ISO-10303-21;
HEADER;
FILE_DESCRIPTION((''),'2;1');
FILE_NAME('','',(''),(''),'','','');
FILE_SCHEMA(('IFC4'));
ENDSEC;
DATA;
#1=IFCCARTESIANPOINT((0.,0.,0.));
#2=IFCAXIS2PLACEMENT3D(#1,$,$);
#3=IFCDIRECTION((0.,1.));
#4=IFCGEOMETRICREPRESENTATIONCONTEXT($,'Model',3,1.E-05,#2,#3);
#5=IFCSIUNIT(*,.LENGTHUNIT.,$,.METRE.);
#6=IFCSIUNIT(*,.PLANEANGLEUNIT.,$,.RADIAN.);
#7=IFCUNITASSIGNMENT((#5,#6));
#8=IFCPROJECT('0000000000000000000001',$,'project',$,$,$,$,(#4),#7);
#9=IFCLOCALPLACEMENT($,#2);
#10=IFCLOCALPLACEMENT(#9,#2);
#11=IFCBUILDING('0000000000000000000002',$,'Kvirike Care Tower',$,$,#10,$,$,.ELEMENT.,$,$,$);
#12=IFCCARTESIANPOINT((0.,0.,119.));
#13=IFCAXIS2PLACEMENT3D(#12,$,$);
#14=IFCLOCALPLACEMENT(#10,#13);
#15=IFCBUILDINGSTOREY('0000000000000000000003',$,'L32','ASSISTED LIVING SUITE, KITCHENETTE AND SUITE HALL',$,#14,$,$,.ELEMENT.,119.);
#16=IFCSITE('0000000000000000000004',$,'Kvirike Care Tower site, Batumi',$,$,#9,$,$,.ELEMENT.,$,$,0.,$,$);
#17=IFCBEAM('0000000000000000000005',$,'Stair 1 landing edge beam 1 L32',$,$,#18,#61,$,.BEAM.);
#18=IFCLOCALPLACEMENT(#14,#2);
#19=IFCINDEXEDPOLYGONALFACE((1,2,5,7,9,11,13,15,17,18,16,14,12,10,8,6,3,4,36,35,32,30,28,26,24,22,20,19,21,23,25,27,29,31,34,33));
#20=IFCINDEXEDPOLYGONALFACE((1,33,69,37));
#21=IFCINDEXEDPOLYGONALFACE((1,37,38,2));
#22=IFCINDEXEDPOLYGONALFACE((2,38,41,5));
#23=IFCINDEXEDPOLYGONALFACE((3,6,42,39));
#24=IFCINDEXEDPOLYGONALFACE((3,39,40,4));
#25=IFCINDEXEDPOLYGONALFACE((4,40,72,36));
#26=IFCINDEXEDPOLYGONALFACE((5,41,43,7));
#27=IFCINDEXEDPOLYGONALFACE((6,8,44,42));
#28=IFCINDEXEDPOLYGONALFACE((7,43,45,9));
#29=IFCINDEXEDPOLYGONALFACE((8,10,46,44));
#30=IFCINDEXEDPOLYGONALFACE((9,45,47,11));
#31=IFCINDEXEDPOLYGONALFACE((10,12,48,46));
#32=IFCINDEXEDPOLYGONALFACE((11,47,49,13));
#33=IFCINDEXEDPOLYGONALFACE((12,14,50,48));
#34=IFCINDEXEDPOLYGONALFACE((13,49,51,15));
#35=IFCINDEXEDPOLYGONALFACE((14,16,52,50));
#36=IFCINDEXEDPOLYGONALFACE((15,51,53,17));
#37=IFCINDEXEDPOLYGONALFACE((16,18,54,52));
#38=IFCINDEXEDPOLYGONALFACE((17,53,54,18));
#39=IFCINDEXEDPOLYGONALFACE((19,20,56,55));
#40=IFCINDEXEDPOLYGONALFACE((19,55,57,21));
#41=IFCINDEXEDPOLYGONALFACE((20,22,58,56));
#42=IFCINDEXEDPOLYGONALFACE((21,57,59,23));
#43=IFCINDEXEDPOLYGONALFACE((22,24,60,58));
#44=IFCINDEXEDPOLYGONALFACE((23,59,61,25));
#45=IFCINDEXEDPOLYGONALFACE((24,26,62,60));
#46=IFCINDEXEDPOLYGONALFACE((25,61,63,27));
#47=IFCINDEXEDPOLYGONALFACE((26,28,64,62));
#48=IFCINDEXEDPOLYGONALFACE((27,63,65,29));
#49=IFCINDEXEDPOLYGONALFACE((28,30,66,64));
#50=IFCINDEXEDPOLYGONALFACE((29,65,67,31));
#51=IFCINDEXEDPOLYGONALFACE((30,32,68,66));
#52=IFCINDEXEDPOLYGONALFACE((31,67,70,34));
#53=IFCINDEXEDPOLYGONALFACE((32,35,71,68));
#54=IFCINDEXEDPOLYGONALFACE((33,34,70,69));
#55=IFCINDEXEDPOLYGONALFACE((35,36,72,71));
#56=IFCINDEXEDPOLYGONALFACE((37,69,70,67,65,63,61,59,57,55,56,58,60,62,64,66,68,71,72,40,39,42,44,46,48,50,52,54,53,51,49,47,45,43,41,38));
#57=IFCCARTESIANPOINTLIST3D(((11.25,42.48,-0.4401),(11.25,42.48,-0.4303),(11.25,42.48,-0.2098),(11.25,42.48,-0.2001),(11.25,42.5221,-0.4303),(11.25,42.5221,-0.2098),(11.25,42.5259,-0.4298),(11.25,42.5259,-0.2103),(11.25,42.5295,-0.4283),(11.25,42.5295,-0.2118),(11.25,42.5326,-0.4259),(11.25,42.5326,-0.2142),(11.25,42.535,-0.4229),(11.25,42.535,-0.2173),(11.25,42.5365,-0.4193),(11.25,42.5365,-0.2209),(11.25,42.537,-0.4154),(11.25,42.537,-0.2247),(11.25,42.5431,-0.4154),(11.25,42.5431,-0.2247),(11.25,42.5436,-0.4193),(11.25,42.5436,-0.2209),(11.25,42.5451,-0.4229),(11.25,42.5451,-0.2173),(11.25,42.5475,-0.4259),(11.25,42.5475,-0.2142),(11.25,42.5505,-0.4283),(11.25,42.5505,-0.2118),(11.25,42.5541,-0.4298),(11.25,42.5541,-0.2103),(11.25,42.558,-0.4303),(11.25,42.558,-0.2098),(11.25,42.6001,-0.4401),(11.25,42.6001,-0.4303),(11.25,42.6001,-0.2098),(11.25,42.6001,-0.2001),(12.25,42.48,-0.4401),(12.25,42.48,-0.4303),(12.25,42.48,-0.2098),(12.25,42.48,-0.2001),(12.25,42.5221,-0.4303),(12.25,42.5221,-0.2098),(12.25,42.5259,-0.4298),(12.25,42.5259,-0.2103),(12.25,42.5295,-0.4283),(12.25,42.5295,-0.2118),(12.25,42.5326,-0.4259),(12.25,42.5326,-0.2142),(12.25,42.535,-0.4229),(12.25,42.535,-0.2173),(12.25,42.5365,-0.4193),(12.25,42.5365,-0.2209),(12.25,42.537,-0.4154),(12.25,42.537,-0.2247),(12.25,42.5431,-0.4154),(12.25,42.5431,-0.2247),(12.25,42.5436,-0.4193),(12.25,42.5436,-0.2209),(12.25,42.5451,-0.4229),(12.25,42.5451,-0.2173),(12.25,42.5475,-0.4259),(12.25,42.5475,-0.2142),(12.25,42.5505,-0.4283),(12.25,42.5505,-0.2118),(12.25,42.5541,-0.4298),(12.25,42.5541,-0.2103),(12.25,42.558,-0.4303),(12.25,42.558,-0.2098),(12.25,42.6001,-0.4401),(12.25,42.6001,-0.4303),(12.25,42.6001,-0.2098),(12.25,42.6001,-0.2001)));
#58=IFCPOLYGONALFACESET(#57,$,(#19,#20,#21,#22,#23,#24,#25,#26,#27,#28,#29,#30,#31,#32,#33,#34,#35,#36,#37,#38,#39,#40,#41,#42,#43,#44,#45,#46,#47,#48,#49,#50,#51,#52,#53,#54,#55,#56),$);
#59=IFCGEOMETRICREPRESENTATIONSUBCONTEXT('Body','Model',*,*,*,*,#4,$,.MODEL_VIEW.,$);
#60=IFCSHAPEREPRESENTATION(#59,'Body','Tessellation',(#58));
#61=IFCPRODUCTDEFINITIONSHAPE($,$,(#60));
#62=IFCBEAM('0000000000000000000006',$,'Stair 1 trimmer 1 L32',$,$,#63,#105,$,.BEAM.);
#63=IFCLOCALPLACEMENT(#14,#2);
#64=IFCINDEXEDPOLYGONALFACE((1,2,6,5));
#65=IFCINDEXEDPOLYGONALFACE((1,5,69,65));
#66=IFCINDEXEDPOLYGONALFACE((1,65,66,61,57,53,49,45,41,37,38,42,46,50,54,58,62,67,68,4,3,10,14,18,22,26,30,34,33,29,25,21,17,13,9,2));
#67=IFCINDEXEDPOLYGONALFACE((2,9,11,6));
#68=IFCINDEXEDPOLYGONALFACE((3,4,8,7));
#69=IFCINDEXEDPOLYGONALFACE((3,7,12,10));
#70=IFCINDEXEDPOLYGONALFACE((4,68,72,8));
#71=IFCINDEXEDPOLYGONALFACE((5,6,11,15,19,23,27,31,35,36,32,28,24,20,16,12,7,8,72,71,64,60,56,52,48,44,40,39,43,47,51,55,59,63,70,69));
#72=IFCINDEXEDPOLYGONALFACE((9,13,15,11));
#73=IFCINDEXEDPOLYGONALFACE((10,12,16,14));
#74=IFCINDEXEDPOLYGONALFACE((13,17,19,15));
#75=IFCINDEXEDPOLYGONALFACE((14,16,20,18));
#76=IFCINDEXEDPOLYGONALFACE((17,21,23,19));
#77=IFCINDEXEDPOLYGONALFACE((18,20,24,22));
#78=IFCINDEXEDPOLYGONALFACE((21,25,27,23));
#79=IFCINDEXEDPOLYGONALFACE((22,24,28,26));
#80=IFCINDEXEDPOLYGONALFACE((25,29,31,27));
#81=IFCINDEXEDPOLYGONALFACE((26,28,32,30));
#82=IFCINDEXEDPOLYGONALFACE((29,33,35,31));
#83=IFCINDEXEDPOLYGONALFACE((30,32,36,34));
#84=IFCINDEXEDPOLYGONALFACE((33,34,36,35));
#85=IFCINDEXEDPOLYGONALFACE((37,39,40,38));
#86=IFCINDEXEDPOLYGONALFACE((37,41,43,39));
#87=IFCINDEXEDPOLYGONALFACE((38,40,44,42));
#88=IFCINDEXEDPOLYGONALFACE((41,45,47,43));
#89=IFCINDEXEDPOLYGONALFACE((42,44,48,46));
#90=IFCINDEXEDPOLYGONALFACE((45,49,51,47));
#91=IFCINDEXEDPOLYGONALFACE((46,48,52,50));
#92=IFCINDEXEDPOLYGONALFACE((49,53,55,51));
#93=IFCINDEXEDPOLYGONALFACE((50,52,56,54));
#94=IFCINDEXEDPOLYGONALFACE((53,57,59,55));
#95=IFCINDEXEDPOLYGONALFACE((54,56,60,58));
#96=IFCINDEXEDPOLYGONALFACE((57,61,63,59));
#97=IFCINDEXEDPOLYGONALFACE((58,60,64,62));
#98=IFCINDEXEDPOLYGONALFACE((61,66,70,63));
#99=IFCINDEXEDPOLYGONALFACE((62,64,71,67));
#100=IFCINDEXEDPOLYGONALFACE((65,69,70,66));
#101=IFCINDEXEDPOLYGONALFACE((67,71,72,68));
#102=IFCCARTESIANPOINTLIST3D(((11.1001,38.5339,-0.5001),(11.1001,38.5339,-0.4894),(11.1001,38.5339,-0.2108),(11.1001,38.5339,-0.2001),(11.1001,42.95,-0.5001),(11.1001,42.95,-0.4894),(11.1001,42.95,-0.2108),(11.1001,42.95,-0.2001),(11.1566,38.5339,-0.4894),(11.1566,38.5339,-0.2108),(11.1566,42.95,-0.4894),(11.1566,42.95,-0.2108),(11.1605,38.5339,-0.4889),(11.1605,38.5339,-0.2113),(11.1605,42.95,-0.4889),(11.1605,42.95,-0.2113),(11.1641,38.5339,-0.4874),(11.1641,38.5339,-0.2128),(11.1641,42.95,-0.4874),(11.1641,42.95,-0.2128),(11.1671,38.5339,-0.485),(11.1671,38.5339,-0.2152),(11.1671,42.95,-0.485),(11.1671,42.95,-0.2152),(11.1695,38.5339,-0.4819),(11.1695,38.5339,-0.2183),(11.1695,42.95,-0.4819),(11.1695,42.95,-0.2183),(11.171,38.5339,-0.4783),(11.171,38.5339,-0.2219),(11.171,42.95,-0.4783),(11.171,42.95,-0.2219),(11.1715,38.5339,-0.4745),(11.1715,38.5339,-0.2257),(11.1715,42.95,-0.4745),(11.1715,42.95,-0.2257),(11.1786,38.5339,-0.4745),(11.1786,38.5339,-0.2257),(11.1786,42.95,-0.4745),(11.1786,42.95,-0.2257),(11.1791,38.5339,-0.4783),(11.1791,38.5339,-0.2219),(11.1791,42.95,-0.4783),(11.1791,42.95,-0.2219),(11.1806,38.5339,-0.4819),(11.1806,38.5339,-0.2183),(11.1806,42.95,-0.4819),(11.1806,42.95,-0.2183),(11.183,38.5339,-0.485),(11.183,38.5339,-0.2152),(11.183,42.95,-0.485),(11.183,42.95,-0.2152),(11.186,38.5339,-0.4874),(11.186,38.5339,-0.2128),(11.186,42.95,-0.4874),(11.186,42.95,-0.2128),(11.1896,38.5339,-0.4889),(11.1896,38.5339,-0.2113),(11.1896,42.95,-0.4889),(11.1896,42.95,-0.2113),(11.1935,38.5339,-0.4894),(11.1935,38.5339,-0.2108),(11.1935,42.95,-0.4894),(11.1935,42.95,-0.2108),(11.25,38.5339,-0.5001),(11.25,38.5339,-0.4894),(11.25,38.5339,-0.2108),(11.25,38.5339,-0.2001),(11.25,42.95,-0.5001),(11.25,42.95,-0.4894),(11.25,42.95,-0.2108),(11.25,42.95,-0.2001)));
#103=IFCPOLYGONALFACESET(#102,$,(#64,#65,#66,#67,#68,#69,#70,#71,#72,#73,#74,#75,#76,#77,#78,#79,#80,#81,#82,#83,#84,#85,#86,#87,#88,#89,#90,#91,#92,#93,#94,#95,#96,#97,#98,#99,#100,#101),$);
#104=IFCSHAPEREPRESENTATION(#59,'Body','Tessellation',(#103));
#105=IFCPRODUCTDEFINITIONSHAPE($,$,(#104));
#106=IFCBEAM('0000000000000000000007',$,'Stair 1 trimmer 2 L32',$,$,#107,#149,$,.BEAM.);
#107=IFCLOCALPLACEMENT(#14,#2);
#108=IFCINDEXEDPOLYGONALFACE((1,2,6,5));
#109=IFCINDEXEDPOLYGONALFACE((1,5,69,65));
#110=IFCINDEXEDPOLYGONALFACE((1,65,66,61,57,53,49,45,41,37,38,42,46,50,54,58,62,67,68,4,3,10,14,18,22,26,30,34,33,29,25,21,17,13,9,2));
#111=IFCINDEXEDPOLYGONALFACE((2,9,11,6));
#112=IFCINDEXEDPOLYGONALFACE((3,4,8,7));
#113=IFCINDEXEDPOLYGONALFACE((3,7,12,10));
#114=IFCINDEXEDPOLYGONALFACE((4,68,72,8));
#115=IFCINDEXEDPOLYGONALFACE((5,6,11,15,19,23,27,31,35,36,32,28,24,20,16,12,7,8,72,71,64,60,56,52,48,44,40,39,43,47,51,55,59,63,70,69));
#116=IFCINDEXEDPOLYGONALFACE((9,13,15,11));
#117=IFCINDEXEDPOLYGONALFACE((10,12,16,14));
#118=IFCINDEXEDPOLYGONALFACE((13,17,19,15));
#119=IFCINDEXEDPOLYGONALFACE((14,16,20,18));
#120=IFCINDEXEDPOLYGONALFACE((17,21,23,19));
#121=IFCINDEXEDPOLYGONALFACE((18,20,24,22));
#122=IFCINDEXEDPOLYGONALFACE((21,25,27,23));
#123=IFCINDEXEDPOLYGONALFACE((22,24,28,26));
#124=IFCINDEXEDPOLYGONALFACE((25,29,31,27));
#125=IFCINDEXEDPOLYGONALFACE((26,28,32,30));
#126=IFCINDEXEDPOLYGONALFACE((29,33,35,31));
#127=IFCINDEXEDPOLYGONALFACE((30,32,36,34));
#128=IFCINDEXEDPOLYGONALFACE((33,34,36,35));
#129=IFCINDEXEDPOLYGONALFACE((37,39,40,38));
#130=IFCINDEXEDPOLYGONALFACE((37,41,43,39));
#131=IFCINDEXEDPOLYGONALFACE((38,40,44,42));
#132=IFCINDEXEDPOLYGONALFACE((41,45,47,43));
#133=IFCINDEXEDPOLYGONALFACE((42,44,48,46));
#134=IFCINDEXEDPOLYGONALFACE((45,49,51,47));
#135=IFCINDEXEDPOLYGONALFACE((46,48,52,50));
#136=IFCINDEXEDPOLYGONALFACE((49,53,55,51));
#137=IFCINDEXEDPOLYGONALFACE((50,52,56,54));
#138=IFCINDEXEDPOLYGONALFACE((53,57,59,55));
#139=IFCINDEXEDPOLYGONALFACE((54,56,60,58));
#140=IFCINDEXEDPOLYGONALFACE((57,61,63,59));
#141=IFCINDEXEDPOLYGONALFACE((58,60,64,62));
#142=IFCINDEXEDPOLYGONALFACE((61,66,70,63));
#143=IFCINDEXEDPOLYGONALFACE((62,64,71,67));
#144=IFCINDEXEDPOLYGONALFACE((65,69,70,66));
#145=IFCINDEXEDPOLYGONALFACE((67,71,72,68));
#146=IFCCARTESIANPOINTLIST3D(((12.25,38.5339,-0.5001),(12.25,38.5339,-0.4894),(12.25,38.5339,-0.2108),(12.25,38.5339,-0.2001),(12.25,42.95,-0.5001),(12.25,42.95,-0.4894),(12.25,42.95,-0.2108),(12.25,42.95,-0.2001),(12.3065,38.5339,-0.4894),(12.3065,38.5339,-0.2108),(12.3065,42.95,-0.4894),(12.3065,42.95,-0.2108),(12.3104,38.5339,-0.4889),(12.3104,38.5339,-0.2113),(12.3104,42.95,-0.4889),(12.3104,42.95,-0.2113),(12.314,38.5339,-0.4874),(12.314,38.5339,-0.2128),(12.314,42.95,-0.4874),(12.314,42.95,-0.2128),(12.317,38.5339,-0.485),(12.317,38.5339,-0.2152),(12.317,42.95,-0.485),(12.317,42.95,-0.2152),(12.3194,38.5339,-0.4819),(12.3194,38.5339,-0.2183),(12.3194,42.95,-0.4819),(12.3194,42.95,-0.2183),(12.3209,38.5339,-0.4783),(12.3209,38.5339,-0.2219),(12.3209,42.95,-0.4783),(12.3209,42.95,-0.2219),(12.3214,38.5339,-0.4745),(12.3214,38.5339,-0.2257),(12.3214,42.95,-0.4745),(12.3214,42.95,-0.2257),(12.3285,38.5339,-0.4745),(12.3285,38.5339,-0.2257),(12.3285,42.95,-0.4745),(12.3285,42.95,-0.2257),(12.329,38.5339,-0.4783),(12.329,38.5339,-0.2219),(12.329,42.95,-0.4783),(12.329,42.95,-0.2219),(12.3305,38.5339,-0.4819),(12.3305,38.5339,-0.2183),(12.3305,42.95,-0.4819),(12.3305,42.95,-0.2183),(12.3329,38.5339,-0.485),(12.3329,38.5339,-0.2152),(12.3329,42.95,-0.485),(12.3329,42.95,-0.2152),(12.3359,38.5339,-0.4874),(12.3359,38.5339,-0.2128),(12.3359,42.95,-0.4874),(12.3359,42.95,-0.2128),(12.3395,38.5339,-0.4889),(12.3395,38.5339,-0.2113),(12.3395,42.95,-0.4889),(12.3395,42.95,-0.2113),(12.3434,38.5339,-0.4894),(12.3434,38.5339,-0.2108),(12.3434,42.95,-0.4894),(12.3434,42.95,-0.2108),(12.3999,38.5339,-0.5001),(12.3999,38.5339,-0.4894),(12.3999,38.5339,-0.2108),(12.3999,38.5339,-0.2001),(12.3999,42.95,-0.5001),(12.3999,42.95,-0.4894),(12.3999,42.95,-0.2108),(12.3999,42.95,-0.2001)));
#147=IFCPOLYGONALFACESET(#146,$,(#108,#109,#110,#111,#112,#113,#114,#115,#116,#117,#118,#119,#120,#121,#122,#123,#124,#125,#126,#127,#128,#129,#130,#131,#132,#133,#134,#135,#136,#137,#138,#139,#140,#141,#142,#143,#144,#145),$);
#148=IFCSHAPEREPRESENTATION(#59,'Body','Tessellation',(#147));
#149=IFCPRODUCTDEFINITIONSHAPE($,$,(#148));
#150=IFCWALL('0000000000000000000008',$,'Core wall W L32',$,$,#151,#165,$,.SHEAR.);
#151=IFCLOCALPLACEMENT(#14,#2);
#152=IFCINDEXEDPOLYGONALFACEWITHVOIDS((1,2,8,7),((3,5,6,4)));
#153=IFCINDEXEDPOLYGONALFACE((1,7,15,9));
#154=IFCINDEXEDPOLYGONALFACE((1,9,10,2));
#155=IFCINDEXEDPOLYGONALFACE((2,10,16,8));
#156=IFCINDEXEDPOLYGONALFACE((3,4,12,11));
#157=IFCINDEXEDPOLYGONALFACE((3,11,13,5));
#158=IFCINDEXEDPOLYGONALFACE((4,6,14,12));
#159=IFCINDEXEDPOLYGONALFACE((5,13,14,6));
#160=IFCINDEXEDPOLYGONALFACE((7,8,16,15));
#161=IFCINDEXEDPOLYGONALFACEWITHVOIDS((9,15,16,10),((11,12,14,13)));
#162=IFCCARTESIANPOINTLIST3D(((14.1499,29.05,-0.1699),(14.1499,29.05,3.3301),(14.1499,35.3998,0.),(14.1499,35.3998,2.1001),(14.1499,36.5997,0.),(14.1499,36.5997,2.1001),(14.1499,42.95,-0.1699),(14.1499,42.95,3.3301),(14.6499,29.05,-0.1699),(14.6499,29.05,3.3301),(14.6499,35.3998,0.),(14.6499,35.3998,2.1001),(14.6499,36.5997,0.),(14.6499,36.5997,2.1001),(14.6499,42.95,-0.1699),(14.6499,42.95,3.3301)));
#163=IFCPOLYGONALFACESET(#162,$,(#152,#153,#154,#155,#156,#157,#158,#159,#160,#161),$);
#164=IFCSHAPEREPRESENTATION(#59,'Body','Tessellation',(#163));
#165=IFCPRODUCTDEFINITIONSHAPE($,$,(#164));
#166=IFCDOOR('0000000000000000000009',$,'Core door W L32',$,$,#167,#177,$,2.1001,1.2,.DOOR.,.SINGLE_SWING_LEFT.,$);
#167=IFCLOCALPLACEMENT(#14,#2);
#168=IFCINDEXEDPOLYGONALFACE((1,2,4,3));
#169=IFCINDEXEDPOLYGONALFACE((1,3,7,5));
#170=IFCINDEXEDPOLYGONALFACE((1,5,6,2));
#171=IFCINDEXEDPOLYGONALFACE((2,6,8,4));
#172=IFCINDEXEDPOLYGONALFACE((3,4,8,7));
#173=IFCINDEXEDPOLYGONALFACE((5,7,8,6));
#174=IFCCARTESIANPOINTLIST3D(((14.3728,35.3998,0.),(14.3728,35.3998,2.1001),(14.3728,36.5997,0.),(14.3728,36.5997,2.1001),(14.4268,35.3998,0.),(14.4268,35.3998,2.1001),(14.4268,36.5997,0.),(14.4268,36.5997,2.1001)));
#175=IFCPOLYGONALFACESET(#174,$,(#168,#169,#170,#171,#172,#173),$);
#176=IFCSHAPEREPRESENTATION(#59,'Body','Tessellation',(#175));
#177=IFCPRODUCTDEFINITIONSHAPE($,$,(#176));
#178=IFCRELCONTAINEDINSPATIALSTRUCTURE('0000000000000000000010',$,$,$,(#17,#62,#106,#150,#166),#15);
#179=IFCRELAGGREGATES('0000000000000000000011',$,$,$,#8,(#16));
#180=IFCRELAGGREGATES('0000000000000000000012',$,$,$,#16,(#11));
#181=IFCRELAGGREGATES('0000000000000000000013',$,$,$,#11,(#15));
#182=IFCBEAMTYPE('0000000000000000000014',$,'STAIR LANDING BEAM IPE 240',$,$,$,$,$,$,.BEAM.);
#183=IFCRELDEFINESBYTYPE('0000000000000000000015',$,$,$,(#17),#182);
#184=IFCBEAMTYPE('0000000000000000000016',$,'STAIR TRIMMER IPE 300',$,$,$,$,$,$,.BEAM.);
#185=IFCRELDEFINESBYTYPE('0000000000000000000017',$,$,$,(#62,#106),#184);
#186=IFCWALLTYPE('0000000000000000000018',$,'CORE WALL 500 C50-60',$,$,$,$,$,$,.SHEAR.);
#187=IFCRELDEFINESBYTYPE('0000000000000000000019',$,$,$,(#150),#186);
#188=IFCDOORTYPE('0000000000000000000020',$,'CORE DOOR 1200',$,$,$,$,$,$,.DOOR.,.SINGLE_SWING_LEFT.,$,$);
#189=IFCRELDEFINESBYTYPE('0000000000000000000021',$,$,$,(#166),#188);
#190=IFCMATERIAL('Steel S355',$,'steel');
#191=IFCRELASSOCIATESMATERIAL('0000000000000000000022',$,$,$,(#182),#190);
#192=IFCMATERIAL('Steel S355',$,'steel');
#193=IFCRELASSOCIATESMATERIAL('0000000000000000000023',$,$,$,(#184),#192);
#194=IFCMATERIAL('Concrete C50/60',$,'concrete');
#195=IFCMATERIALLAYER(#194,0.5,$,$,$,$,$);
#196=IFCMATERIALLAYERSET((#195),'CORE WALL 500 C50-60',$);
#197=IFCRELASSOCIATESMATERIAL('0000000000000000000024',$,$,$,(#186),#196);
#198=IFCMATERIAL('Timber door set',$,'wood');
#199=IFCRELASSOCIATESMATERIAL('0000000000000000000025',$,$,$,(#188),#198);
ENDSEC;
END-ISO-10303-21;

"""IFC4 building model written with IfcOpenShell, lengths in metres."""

from ifc_helpers import new_model, si_unit, direction, frame, frame_2d, origin, origin_2d, place, context, subcontext, project, spatial, rectangle, i_section, extrude, material, layer, layer_set, material_profile, profile_set, type_object, element, fill, save


model = new_model("IFC4")

# Units and contexts
model_context = context("Model", 3, precision=1e-05, world=origin(), true_north=direction((0.0, 1.0)))
body_context = subcontext(model_context, "Body", "Model", "MODEL_VIEW")
ifc_project = project(units=[si_unit("LENGTHUNIT", "METRE"), si_unit("PLANEANGLEUNIT", "RADIAN")], contexts=[model_context])

# Site, building, storey
site_placement = place(None, origin())
site = spatial("IfcSite", under=ifc_project, at=site_placement, Name="Kvirike Care Tower site, Batumi", CompositionType="ELEMENT", RefElevation=0.0)
building_placement = place(site_placement, origin())
building = spatial("IfcBuilding", under=site, at=building_placement, Name="Kvirike Care Tower", CompositionType="ELEMENT")
storey_placement = place(building_placement, frame((0.0, 0.0, 119.0)))
storey = spatial("IfcBuildingStorey", under=building, at=storey_placement, Name="L32", Description="ASSISTED LIVING SUITE, KITCHENETTE AND SUITE HALL", CompositionType="ELEMENT", Elevation=119.0)

# Beams
ifc_material_1 = material(Name="Steel S355", Category="steel")
ifc_material_profile_1 = material_profile(ifc_material_1, i_section(OverallWidth=0.1201, OverallDepth=0.24, WebThickness=0.0061, FlangeThickness=0.0098, FilletRadius=0.0149, at=origin_2d()), Name="IPE 240")
ifc_profile_set_1 = profile_set([ifc_material_profile_1], Name="Steel S355")
beam_type_1 = type_object("IfcBeamType", Name="STAIR LANDING BEAM IPE 240", PredefinedType="BEAM", material=ifc_profile_set_1)
beam_1_placement = place(storey_placement, frame((11.25, 42.54, -0.3201), z_axis=(1.0, 0.0, 0.0), x_axis=(0.0, 1.0, 0.0)))
element("IfcBeam", 1, at=beam_1_placement, inside=storey, type_object=beam_type_1, Name="Stair 1 landing edge beam 1 L32", PredefinedType="BEAM", context=body_context, shape_type="SweptSolid", body=[
    extrude(i_section(OverallWidth=0.1201, OverallDepth=0.24, WebThickness=0.0061, FlangeThickness=0.0098, FilletRadius=0.0149, at=origin_2d()), origin(), (0.0, 0.0, 1.0), 1.0),
])
ifc_material_2 = material(Name="Steel S355", Category="steel")
ifc_material_profile_2 = material_profile(ifc_material_2, i_section(OverallWidth=0.1499, OverallDepth=0.3, WebThickness=0.0071, FlangeThickness=0.0107, FilletRadius=0.0149, at=origin_2d()), Name="IPE 300")
ifc_profile_set_2 = profile_set([ifc_material_profile_2], Name="Steel S355")
beam_type_2 = type_object("IfcBeamType", Name="STAIR TRIMMER IPE 300", PredefinedType="BEAM", material=ifc_profile_set_2)
for number, where, z_axis, x_axis, name in (
    (2, (11.175, 42.95, -0.3501), (0.0, -1.0, 0.0), (1.0, 0.0, 0.0), "Stair 1 trimmer 1 L32"),
    (3, (12.325, 42.95, -0.3501), (0.0, -1.0, 0.0), (1.0, 0.0, 0.0), "Stair 1 trimmer 2 L32"),
):
    element("IfcBeam", number, at=place(storey_placement, frame(where, z_axis=z_axis, x_axis=x_axis)), inside=storey, type_object=beam_type_2, Name=name, PredefinedType="BEAM", context=body_context, shape_type="SweptSolid", body=[
        extrude(i_section(OverallWidth=0.1499, OverallDepth=0.3, WebThickness=0.0071, FlangeThickness=0.0107, FilletRadius=0.0149, at=origin_2d()), origin(), (0.0, 0.0, 1.0), 4.416),
    ])

# Wall, opening, door
ifc_material_3 = material(Name="Concrete C50/60", Category="concrete")
ifc_layer_1 = layer(ifc_material_3, 0.5)
ifc_layer_set_1 = layer_set([ifc_layer_1], Name="CORE WALL 500 C50-60")
wall_type_1 = type_object("IfcWallType", Name="CORE WALL 500 C50-60", PredefinedType="SHEAR", material=ifc_layer_set_1)
wall_1_placement = place(storey_placement, frame((14.3999, 42.95, -0.1699), z_axis=(0.0, 0.0, 1.0), x_axis=(0.0, -1.0, 0.0)))
wall_1 = element("IfcWall", 4, at=wall_1_placement, inside=storey, type_object=wall_type_1, Name="Core wall W L32", PredefinedType="SHEAR", context=body_context, shape_type="SweptSolid", body=[
    extrude(rectangle(XDim=13.8999, YDim=0.5, at=frame_2d((6.95, 0.0))), origin(), (0.0, 0.0, 1.0), 3.5),
])
opening_1_placement = place(wall_1_placement, frame((6.3501, 0.0, 0.1699)))
opening_1 = element("IfcOpeningElement", 5, at=opening_1_placement, cuts=wall_1, PredefinedType="OPENING", context=body_context, shape_type="SweptSolid", body=[
    extrude(rectangle(XDim=1.2, YDim=2.1001, at=frame_2d((0.6001, 1.05))), frame((0.0, 0.2605, 0.0), z_axis=(0.0, -1.0, 0.0), x_axis=(1.0, 0.0, 0.0)), (0.0, 0.0, 1.0), 0.521),
])
ifc_material_4 = material(Name="Timber door set", Category="wood")
door_type_1 = type_object("IfcDoorType", Name="CORE DOOR 1200", OperationType="SINGLE_SWING_LEFT", PredefinedType="DOOR", material=ifc_material_4)
door_1_placement = place(opening_1_placement, origin())
door_1 = element("IfcDoor", 6, at=door_1_placement, inside=storey, type_object=door_type_1, Name="Core door W L32", OperationType="SINGLE_SWING_LEFT", OverallHeight=2.1001, OverallWidth=1.2, PredefinedType="DOOR", context=body_context, shape_type="SweptSolid", body=[
    extrude(rectangle(XDim=1.2, YDim=2.1001, at=frame_2d((0.6001, 1.05))), frame((0.0, 0.0269, 0.0), z_axis=(0.0, -1.0, 0.0), x_axis=(1.0, 0.0, 0.0)), (0.0, 0.0, 1.0), 0.054),
])
fill(opening_1, door_1)

save(model, "model.ifc")
